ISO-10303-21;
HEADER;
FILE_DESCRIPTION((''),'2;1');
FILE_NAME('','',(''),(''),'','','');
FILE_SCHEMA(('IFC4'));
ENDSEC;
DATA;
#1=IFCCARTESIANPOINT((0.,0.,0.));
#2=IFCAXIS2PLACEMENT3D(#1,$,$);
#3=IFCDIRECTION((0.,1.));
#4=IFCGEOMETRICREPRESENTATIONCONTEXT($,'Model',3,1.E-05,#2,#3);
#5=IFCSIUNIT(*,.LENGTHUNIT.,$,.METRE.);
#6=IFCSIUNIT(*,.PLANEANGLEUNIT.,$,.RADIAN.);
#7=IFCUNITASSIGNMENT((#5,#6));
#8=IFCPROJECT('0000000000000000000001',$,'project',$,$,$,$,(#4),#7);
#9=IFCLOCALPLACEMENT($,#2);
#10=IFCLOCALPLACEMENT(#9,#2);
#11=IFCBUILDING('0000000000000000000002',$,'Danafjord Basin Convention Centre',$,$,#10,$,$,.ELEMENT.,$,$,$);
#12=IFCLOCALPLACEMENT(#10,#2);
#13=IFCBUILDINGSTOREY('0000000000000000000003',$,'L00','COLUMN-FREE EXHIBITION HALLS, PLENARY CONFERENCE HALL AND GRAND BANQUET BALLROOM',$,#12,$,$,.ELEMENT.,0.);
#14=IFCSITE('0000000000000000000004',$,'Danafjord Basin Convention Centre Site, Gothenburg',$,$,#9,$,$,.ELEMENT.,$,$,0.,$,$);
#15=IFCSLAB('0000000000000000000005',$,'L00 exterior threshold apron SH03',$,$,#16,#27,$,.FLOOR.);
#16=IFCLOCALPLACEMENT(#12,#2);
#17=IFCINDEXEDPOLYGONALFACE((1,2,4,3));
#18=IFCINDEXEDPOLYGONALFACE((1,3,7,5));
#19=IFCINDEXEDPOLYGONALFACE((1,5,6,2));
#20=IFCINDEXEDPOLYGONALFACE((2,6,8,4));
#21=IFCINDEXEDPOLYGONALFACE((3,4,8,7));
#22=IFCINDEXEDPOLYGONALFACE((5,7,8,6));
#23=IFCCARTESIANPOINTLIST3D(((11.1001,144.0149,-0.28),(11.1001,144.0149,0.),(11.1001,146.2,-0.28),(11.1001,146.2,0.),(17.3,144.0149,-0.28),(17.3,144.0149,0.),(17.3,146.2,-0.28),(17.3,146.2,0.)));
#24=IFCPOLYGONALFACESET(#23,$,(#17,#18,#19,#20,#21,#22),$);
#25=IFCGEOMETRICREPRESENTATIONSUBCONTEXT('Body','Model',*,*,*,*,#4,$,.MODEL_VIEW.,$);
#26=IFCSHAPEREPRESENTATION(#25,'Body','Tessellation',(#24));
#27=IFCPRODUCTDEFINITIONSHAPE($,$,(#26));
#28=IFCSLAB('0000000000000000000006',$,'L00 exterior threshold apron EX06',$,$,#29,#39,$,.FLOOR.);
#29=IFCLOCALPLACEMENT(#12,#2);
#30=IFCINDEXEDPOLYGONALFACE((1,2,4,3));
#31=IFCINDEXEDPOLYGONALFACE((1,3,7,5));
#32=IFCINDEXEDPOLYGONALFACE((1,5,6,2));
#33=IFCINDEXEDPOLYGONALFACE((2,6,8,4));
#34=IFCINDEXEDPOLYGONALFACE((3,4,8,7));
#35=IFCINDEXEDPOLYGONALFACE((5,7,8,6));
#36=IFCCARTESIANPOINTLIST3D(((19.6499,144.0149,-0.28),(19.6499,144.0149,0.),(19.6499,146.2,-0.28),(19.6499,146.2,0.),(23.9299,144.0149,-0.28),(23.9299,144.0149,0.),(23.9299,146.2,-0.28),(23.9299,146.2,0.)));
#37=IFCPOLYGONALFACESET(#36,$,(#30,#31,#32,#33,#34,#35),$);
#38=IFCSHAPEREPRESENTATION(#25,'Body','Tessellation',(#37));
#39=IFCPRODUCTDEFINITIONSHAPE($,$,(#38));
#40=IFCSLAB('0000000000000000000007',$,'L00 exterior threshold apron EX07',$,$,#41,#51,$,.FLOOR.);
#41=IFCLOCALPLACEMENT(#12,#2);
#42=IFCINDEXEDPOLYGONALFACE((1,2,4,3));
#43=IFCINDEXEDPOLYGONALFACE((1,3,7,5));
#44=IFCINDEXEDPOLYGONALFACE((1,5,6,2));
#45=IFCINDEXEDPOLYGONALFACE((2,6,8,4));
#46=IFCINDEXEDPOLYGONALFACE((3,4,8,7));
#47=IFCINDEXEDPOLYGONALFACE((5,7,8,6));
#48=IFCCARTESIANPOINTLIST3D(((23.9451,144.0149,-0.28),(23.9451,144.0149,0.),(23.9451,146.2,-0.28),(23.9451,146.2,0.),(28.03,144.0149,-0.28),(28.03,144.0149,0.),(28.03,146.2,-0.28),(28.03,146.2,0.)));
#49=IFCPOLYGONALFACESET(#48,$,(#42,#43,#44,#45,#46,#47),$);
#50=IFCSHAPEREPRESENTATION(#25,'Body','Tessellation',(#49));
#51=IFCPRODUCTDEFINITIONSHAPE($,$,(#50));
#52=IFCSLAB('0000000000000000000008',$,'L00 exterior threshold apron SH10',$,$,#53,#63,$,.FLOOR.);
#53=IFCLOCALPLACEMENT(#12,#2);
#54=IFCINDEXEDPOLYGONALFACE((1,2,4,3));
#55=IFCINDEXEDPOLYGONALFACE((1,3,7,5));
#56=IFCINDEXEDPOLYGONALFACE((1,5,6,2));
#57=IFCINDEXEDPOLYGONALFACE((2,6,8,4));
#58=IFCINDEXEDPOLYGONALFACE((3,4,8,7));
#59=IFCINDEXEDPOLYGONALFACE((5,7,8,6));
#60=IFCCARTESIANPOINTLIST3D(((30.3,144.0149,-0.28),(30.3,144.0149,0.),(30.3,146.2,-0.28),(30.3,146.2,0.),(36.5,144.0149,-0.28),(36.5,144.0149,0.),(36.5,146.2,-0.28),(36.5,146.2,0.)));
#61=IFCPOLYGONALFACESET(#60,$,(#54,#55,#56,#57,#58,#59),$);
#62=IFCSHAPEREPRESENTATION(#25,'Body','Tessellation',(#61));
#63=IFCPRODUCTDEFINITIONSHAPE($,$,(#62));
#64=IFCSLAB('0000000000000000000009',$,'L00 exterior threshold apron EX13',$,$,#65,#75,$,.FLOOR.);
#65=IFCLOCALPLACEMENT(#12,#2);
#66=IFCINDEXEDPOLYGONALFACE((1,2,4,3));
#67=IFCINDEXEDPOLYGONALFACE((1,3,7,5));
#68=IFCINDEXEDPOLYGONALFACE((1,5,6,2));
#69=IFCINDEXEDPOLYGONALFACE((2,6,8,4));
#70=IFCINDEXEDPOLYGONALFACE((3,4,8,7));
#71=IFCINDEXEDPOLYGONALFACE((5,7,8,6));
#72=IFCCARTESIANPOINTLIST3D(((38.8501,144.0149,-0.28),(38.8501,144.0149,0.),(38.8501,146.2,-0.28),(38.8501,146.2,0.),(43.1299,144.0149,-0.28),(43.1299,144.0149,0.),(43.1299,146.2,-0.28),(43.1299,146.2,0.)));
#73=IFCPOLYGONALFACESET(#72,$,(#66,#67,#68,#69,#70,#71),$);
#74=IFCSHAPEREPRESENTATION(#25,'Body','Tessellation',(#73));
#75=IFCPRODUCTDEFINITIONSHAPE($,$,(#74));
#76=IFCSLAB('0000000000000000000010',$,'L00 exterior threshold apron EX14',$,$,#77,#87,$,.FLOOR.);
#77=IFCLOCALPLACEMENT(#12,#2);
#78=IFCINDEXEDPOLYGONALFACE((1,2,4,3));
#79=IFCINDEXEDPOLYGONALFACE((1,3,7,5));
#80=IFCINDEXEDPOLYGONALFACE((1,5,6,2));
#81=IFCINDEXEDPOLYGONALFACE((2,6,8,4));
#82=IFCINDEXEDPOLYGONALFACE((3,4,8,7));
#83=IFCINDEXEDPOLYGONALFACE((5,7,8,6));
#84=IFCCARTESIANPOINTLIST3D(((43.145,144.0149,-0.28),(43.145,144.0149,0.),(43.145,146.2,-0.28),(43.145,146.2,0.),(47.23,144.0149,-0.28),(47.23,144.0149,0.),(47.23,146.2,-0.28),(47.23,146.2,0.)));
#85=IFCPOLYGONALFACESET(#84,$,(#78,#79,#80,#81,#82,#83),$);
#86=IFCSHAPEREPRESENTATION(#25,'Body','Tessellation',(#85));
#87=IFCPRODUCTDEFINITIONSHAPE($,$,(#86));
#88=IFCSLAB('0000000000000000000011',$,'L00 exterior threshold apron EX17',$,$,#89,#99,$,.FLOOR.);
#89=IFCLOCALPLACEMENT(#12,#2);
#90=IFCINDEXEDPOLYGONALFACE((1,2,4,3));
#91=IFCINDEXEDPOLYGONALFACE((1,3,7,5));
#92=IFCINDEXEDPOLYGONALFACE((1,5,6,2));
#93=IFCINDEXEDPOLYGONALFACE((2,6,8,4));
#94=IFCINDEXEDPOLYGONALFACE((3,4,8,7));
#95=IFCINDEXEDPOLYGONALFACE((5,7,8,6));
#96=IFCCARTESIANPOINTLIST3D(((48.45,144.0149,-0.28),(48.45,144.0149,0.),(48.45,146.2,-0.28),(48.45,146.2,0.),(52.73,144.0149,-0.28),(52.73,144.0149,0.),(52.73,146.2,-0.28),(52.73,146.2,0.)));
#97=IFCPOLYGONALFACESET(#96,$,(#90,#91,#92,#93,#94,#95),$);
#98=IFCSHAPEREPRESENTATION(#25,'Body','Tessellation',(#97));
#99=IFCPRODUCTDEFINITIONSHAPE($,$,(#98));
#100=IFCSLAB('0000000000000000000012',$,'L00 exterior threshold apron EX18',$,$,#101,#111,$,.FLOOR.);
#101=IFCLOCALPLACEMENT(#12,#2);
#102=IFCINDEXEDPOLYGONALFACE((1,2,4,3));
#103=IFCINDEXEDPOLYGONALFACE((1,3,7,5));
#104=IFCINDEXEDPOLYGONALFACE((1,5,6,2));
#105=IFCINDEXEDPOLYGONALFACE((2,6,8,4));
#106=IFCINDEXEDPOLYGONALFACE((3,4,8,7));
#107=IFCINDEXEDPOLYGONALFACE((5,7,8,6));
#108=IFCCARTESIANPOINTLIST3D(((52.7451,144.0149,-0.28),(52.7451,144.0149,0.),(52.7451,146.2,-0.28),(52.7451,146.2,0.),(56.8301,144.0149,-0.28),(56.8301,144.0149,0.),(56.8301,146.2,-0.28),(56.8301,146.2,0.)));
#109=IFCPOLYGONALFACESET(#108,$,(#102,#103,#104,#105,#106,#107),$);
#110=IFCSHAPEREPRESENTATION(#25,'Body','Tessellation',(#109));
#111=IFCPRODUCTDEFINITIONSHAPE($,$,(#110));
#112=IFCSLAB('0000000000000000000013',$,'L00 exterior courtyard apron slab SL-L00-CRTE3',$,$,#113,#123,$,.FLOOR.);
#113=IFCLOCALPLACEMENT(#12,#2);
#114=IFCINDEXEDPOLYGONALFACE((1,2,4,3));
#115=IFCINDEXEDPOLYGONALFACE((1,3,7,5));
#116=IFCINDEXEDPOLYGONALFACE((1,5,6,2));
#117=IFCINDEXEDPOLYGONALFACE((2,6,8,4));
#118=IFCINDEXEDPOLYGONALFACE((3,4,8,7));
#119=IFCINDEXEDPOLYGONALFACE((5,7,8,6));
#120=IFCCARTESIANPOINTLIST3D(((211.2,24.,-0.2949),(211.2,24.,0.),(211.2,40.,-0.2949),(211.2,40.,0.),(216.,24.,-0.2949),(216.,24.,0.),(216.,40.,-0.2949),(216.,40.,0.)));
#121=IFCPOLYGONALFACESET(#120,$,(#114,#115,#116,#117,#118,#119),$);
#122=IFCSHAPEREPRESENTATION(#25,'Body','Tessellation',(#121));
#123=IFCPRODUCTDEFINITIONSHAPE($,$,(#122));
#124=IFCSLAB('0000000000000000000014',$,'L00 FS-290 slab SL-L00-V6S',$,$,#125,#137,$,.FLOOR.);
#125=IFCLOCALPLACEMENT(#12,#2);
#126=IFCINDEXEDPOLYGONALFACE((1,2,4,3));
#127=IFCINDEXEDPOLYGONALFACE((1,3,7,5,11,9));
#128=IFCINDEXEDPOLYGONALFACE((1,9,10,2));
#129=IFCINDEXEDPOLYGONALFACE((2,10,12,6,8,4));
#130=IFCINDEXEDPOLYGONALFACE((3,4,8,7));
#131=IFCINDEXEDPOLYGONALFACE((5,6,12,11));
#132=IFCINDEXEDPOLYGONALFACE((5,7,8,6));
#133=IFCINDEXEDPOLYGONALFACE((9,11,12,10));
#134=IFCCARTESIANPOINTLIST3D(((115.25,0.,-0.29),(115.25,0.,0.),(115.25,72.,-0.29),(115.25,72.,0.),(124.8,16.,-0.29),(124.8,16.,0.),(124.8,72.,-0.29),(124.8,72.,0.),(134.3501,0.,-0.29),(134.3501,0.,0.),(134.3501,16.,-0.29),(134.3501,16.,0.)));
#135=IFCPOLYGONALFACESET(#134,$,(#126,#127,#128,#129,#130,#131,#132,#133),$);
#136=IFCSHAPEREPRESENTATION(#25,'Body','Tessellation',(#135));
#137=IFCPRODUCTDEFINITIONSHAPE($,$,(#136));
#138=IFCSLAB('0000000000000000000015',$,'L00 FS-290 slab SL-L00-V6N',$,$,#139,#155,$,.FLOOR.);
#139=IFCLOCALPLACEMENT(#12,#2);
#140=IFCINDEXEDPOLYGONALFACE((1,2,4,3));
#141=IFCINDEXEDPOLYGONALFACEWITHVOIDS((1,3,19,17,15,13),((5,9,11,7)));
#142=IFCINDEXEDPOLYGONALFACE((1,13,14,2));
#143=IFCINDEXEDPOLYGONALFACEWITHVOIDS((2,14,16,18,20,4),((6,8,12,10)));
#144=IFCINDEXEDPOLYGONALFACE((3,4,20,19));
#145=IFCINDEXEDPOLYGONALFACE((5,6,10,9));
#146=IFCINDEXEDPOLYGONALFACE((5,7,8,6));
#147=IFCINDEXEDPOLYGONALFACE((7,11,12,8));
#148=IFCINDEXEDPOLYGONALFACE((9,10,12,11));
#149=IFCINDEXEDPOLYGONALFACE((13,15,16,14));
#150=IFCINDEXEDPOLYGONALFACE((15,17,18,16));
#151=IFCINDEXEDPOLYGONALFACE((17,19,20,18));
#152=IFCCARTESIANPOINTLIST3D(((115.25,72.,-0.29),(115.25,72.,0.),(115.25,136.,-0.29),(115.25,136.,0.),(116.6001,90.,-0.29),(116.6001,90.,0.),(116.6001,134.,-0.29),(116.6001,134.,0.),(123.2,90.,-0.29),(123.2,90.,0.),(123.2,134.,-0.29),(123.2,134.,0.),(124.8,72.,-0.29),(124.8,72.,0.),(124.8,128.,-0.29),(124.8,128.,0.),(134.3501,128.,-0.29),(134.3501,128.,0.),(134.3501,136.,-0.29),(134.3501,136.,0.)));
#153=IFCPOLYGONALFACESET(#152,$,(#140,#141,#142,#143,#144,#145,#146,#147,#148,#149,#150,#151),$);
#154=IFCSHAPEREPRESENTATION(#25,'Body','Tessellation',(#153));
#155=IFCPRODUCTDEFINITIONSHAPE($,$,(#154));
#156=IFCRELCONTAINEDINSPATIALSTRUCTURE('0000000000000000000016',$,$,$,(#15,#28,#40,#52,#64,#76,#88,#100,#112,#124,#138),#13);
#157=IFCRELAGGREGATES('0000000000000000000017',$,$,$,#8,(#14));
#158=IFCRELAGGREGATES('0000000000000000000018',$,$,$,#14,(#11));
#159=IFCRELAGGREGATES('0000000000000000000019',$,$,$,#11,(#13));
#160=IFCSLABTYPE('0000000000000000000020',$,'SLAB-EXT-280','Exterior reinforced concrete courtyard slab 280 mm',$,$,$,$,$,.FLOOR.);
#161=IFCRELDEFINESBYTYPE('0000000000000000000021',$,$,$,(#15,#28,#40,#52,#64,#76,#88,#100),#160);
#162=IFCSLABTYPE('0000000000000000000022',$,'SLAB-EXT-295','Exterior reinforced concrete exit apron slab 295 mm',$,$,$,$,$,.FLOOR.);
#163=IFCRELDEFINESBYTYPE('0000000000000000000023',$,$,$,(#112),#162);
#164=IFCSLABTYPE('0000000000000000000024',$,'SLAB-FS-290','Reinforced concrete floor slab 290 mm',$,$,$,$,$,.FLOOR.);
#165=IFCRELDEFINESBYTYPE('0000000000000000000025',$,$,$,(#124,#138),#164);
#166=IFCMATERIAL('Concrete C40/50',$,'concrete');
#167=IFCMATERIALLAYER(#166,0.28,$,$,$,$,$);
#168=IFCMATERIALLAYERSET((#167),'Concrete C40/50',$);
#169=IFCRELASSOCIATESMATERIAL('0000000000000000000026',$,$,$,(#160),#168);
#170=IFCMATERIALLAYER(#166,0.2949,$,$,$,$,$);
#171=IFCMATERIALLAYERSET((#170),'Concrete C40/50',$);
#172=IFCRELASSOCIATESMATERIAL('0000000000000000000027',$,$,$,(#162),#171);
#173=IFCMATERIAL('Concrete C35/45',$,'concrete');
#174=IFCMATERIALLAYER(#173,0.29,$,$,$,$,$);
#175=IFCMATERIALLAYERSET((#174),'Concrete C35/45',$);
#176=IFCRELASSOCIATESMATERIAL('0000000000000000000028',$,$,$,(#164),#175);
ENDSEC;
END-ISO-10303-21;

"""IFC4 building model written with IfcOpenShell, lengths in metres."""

from ifc_helpers import new_model, si_unit, direction, frame, origin, place, context, subcontext, project, spatial, polyline, outline, extrude, material, layer, layer_set, type_object, element, save


model = new_model("IFC4")

# Units and contexts
model_context = context("Model", 3, precision=1e-05, world=origin(), true_north=direction((0.0, 1.0)))
body_context = subcontext(model_context, "Body", "Model", "MODEL_VIEW")
ifc_project = project(units=[si_unit("LENGTHUNIT", "METRE"), si_unit("PLANEANGLEUNIT", "RADIAN")], contexts=[model_context])

# Site, building, storey
site_placement = place(None, origin())
site = spatial("IfcSite", under=ifc_project, at=site_placement, Name="Danafjord Basin Convention Centre Site, Gothenburg", CompositionType="ELEMENT", RefElevation=0.0)
building_placement = place(site_placement, origin())
building = spatial("IfcBuilding", under=site, at=building_placement, Name="Danafjord Basin Convention Centre", CompositionType="ELEMENT")
storey_placement = place(building_placement, origin())
storey = spatial("IfcBuildingStorey", under=building, at=storey_placement, Name="L00", Description="COLUMN-FREE EXHIBITION HALLS, PLENARY CONFERENCE HALL AND GRAND BANQUET BALLROOM", CompositionType="ELEMENT", Elevation=0.0)

# Shared definitions
ifc_material_1 = material(Name="Concrete C40/50", Category="concrete")

# Slabs
ifc_layer_1 = layer(ifc_material_1, 0.28)
ifc_layer_set_1 = layer_set([ifc_layer_1], Name="Concrete C40/50")
slab_type_1 = type_object("IfcSlabType", Name="SLAB-EXT-280", Description="Exterior reinforced concrete courtyard slab 280 mm", PredefinedType="FLOOR", material=ifc_layer_set_1)
slab_1_placement = place(storey_placement, frame((0.0, 0.0, -0.28)))
element("IfcSlab", 1, at=slab_1_placement, inside=storey, type_object=slab_type_1, Name="L00 exterior threshold apron SH03", PredefinedType="FLOOR", context=body_context, shape_type="SweptSolid", body=[
    extrude(outline(polyline([(11.1001, 146.2), (17.3, 146.2), (17.3, 144.0149), (11.1001, 144.0149), (11.1001, 146.2)])), origin(), (0.0, 0.0, 1.0), 0.28),
])
slab_2_placement = place(storey_placement, frame((0.0, 0.0, -0.28)))
element("IfcSlab", 2, at=slab_2_placement, inside=storey, type_object=slab_type_1, Name="L00 exterior threshold apron EX06", PredefinedType="FLOOR", context=body_context, shape_type="SweptSolid", body=[
    extrude(outline(polyline([(19.6499, 146.2), (23.9299, 146.2), (23.9299, 144.0149), (19.6499, 144.0149), (19.6499, 146.2)])), origin(), (0.0, 0.0, 1.0), 0.28),
])
slab_3_placement = place(storey_placement, frame((0.0, 0.0, -0.28)))
element("IfcSlab", 3, at=slab_3_placement, inside=storey, type_object=slab_type_1, Name="L00 exterior threshold apron EX07", PredefinedType="FLOOR", context=body_context, shape_type="SweptSolid", body=[
    extrude(outline(polyline([(28.03, 146.2), (28.03, 144.0149), (23.9451, 144.0149), (23.9451, 146.2), (28.03, 146.2)])), origin(), (0.0, 0.0, 1.0), 0.28),
])
slab_4_placement = place(storey_placement, frame((0.0, 0.0, -0.28)))
element("IfcSlab", 4, at=slab_4_placement, inside=storey, type_object=slab_type_1, Name="L00 exterior threshold apron SH10", PredefinedType="FLOOR", context=body_context, shape_type="SweptSolid", body=[
    extrude(outline(polyline([(30.3, 146.2), (36.5, 146.2), (36.5, 144.0149), (30.3, 144.0149), (30.3, 146.2)])), origin(), (0.0, 0.0, 1.0), 0.28),
])
slab_5_placement = place(storey_placement, frame((0.0, 0.0, -0.28)))
element("IfcSlab", 5, at=slab_5_placement, inside=storey, type_object=slab_type_1, Name="L00 exterior threshold apron EX13", PredefinedType="FLOOR", context=body_context, shape_type="SweptSolid", body=[
    extrude(outline(polyline([(38.8501, 146.2), (43.1299, 146.2), (43.1299, 144.0149), (38.8501, 144.0149), (38.8501, 146.2)])), origin(), (0.0, 0.0, 1.0), 0.28),
])
slab_6_placement = place(storey_placement, frame((0.0, 0.0, -0.28)))
element("IfcSlab", 6, at=slab_6_placement, inside=storey, type_object=slab_type_1, Name="L00 exterior threshold apron EX14", PredefinedType="FLOOR", context=body_context, shape_type="SweptSolid", body=[
    extrude(outline(polyline([(47.23, 146.2), (47.23, 144.0149), (43.145, 144.0149), (43.145, 146.2), (47.23, 146.2)])), origin(), (0.0, 0.0, 1.0), 0.28),
])
slab_7_placement = place(storey_placement, frame((0.0, 0.0, -0.28)))
element("IfcSlab", 7, at=slab_7_placement, inside=storey, type_object=slab_type_1, Name="L00 exterior threshold apron EX17", PredefinedType="FLOOR", context=body_context, shape_type="SweptSolid", body=[
    extrude(outline(polyline([(48.45, 146.2), (52.73, 146.2), (52.73, 144.0149), (48.45, 144.0149), (48.45, 146.2)])), origin(), (0.0, 0.0, 1.0), 0.28),
])
slab_8_placement = place(storey_placement, frame((0.0, 0.0, -0.28)))
element("IfcSlab", 8, at=slab_8_placement, inside=storey, type_object=slab_type_1, Name="L00 exterior threshold apron EX18", PredefinedType="FLOOR", context=body_context, shape_type="SweptSolid", body=[
    extrude(outline(polyline([(56.8301, 146.2), (56.8301, 144.0149), (52.7451, 144.0149), (52.7451, 146.2), (56.8301, 146.2)])), origin(), (0.0, 0.0, 1.0), 0.28),
])
ifc_layer_2 = layer(ifc_material_1, 0.2949)
ifc_layer_set_2 = layer_set([ifc_layer_2], Name="Concrete C40/50")
slab_type_2 = type_object("IfcSlabType", Name="SLAB-EXT-295", Description="Exterior reinforced concrete exit apron slab 295 mm", PredefinedType="FLOOR", material=ifc_layer_set_2)
slab_9_placement = place(storey_placement, frame((0.0, 0.0, -0.2949)))
element("IfcSlab", 9, at=slab_9_placement, inside=storey, type_object=slab_type_2, Name="L00 exterior courtyard apron slab SL-L00-CRTE3", PredefinedType="FLOOR", context=body_context, shape_type="SweptSolid", body=[
    extrude(outline(polyline([(211.2, 24.0), (211.2, 40.0), (216.0, 40.0), (216.0, 24.0), (211.2, 24.0)])), origin(), (0.0, 0.0, 1.0), 0.2949),
])
ifc_material_2 = material(Name="Concrete C35/45", Category="concrete")
ifc_layer_3 = layer(ifc_material_2, 0.29)
ifc_layer_set_3 = layer_set([ifc_layer_3], Name="Concrete C35/45")
slab_type_3 = type_object("IfcSlabType", Name="SLAB-FS-290", Description="Reinforced concrete floor slab 290 mm", PredefinedType="FLOOR", material=ifc_layer_set_3)
slab_10_placement = place(storey_placement, frame((0.0, 0.0, -0.29)))
element("IfcSlab", 10, at=slab_10_placement, inside=storey, type_object=slab_type_3, Name="L00 FS-290 slab SL-L00-V6S", PredefinedType="FLOOR", context=body_context, shape_type="SweptSolid", body=[
    extrude(outline(polyline([(115.25, 0.0), (115.25, 72.0), (124.8, 72.0), (124.8, 16.0), (134.3501, 16.0), (134.3501, 0.0), (115.25, 0.0)])), origin(), (0.0, 0.0, 1.0), 0.29),
])
slab_11_placement = place(storey_placement, frame((0.0, 0.0, -0.29)))
element("IfcSlab", 11, at=slab_11_placement, inside=storey, type_object=slab_type_3, Name="L00 FS-290 slab SL-L00-V6N", PredefinedType="FLOOR", context=body_context, shape_type="SweptSolid", body=[
    extrude(outline(polyline([(115.25, 136.0), (134.3501, 136.0), (134.3501, 128.0), (124.8, 128.0), (124.8, 72.0), (115.25, 72.0), (115.25, 136.0)]), holes=[polyline([(123.2, 90.0), (123.2, 134.0), (116.6001, 134.0), (116.6001, 90.0), (123.2, 90.0)])]), origin(), (0.0, 0.0, 1.0), 0.29),
])

save(model, "model.ifc")
